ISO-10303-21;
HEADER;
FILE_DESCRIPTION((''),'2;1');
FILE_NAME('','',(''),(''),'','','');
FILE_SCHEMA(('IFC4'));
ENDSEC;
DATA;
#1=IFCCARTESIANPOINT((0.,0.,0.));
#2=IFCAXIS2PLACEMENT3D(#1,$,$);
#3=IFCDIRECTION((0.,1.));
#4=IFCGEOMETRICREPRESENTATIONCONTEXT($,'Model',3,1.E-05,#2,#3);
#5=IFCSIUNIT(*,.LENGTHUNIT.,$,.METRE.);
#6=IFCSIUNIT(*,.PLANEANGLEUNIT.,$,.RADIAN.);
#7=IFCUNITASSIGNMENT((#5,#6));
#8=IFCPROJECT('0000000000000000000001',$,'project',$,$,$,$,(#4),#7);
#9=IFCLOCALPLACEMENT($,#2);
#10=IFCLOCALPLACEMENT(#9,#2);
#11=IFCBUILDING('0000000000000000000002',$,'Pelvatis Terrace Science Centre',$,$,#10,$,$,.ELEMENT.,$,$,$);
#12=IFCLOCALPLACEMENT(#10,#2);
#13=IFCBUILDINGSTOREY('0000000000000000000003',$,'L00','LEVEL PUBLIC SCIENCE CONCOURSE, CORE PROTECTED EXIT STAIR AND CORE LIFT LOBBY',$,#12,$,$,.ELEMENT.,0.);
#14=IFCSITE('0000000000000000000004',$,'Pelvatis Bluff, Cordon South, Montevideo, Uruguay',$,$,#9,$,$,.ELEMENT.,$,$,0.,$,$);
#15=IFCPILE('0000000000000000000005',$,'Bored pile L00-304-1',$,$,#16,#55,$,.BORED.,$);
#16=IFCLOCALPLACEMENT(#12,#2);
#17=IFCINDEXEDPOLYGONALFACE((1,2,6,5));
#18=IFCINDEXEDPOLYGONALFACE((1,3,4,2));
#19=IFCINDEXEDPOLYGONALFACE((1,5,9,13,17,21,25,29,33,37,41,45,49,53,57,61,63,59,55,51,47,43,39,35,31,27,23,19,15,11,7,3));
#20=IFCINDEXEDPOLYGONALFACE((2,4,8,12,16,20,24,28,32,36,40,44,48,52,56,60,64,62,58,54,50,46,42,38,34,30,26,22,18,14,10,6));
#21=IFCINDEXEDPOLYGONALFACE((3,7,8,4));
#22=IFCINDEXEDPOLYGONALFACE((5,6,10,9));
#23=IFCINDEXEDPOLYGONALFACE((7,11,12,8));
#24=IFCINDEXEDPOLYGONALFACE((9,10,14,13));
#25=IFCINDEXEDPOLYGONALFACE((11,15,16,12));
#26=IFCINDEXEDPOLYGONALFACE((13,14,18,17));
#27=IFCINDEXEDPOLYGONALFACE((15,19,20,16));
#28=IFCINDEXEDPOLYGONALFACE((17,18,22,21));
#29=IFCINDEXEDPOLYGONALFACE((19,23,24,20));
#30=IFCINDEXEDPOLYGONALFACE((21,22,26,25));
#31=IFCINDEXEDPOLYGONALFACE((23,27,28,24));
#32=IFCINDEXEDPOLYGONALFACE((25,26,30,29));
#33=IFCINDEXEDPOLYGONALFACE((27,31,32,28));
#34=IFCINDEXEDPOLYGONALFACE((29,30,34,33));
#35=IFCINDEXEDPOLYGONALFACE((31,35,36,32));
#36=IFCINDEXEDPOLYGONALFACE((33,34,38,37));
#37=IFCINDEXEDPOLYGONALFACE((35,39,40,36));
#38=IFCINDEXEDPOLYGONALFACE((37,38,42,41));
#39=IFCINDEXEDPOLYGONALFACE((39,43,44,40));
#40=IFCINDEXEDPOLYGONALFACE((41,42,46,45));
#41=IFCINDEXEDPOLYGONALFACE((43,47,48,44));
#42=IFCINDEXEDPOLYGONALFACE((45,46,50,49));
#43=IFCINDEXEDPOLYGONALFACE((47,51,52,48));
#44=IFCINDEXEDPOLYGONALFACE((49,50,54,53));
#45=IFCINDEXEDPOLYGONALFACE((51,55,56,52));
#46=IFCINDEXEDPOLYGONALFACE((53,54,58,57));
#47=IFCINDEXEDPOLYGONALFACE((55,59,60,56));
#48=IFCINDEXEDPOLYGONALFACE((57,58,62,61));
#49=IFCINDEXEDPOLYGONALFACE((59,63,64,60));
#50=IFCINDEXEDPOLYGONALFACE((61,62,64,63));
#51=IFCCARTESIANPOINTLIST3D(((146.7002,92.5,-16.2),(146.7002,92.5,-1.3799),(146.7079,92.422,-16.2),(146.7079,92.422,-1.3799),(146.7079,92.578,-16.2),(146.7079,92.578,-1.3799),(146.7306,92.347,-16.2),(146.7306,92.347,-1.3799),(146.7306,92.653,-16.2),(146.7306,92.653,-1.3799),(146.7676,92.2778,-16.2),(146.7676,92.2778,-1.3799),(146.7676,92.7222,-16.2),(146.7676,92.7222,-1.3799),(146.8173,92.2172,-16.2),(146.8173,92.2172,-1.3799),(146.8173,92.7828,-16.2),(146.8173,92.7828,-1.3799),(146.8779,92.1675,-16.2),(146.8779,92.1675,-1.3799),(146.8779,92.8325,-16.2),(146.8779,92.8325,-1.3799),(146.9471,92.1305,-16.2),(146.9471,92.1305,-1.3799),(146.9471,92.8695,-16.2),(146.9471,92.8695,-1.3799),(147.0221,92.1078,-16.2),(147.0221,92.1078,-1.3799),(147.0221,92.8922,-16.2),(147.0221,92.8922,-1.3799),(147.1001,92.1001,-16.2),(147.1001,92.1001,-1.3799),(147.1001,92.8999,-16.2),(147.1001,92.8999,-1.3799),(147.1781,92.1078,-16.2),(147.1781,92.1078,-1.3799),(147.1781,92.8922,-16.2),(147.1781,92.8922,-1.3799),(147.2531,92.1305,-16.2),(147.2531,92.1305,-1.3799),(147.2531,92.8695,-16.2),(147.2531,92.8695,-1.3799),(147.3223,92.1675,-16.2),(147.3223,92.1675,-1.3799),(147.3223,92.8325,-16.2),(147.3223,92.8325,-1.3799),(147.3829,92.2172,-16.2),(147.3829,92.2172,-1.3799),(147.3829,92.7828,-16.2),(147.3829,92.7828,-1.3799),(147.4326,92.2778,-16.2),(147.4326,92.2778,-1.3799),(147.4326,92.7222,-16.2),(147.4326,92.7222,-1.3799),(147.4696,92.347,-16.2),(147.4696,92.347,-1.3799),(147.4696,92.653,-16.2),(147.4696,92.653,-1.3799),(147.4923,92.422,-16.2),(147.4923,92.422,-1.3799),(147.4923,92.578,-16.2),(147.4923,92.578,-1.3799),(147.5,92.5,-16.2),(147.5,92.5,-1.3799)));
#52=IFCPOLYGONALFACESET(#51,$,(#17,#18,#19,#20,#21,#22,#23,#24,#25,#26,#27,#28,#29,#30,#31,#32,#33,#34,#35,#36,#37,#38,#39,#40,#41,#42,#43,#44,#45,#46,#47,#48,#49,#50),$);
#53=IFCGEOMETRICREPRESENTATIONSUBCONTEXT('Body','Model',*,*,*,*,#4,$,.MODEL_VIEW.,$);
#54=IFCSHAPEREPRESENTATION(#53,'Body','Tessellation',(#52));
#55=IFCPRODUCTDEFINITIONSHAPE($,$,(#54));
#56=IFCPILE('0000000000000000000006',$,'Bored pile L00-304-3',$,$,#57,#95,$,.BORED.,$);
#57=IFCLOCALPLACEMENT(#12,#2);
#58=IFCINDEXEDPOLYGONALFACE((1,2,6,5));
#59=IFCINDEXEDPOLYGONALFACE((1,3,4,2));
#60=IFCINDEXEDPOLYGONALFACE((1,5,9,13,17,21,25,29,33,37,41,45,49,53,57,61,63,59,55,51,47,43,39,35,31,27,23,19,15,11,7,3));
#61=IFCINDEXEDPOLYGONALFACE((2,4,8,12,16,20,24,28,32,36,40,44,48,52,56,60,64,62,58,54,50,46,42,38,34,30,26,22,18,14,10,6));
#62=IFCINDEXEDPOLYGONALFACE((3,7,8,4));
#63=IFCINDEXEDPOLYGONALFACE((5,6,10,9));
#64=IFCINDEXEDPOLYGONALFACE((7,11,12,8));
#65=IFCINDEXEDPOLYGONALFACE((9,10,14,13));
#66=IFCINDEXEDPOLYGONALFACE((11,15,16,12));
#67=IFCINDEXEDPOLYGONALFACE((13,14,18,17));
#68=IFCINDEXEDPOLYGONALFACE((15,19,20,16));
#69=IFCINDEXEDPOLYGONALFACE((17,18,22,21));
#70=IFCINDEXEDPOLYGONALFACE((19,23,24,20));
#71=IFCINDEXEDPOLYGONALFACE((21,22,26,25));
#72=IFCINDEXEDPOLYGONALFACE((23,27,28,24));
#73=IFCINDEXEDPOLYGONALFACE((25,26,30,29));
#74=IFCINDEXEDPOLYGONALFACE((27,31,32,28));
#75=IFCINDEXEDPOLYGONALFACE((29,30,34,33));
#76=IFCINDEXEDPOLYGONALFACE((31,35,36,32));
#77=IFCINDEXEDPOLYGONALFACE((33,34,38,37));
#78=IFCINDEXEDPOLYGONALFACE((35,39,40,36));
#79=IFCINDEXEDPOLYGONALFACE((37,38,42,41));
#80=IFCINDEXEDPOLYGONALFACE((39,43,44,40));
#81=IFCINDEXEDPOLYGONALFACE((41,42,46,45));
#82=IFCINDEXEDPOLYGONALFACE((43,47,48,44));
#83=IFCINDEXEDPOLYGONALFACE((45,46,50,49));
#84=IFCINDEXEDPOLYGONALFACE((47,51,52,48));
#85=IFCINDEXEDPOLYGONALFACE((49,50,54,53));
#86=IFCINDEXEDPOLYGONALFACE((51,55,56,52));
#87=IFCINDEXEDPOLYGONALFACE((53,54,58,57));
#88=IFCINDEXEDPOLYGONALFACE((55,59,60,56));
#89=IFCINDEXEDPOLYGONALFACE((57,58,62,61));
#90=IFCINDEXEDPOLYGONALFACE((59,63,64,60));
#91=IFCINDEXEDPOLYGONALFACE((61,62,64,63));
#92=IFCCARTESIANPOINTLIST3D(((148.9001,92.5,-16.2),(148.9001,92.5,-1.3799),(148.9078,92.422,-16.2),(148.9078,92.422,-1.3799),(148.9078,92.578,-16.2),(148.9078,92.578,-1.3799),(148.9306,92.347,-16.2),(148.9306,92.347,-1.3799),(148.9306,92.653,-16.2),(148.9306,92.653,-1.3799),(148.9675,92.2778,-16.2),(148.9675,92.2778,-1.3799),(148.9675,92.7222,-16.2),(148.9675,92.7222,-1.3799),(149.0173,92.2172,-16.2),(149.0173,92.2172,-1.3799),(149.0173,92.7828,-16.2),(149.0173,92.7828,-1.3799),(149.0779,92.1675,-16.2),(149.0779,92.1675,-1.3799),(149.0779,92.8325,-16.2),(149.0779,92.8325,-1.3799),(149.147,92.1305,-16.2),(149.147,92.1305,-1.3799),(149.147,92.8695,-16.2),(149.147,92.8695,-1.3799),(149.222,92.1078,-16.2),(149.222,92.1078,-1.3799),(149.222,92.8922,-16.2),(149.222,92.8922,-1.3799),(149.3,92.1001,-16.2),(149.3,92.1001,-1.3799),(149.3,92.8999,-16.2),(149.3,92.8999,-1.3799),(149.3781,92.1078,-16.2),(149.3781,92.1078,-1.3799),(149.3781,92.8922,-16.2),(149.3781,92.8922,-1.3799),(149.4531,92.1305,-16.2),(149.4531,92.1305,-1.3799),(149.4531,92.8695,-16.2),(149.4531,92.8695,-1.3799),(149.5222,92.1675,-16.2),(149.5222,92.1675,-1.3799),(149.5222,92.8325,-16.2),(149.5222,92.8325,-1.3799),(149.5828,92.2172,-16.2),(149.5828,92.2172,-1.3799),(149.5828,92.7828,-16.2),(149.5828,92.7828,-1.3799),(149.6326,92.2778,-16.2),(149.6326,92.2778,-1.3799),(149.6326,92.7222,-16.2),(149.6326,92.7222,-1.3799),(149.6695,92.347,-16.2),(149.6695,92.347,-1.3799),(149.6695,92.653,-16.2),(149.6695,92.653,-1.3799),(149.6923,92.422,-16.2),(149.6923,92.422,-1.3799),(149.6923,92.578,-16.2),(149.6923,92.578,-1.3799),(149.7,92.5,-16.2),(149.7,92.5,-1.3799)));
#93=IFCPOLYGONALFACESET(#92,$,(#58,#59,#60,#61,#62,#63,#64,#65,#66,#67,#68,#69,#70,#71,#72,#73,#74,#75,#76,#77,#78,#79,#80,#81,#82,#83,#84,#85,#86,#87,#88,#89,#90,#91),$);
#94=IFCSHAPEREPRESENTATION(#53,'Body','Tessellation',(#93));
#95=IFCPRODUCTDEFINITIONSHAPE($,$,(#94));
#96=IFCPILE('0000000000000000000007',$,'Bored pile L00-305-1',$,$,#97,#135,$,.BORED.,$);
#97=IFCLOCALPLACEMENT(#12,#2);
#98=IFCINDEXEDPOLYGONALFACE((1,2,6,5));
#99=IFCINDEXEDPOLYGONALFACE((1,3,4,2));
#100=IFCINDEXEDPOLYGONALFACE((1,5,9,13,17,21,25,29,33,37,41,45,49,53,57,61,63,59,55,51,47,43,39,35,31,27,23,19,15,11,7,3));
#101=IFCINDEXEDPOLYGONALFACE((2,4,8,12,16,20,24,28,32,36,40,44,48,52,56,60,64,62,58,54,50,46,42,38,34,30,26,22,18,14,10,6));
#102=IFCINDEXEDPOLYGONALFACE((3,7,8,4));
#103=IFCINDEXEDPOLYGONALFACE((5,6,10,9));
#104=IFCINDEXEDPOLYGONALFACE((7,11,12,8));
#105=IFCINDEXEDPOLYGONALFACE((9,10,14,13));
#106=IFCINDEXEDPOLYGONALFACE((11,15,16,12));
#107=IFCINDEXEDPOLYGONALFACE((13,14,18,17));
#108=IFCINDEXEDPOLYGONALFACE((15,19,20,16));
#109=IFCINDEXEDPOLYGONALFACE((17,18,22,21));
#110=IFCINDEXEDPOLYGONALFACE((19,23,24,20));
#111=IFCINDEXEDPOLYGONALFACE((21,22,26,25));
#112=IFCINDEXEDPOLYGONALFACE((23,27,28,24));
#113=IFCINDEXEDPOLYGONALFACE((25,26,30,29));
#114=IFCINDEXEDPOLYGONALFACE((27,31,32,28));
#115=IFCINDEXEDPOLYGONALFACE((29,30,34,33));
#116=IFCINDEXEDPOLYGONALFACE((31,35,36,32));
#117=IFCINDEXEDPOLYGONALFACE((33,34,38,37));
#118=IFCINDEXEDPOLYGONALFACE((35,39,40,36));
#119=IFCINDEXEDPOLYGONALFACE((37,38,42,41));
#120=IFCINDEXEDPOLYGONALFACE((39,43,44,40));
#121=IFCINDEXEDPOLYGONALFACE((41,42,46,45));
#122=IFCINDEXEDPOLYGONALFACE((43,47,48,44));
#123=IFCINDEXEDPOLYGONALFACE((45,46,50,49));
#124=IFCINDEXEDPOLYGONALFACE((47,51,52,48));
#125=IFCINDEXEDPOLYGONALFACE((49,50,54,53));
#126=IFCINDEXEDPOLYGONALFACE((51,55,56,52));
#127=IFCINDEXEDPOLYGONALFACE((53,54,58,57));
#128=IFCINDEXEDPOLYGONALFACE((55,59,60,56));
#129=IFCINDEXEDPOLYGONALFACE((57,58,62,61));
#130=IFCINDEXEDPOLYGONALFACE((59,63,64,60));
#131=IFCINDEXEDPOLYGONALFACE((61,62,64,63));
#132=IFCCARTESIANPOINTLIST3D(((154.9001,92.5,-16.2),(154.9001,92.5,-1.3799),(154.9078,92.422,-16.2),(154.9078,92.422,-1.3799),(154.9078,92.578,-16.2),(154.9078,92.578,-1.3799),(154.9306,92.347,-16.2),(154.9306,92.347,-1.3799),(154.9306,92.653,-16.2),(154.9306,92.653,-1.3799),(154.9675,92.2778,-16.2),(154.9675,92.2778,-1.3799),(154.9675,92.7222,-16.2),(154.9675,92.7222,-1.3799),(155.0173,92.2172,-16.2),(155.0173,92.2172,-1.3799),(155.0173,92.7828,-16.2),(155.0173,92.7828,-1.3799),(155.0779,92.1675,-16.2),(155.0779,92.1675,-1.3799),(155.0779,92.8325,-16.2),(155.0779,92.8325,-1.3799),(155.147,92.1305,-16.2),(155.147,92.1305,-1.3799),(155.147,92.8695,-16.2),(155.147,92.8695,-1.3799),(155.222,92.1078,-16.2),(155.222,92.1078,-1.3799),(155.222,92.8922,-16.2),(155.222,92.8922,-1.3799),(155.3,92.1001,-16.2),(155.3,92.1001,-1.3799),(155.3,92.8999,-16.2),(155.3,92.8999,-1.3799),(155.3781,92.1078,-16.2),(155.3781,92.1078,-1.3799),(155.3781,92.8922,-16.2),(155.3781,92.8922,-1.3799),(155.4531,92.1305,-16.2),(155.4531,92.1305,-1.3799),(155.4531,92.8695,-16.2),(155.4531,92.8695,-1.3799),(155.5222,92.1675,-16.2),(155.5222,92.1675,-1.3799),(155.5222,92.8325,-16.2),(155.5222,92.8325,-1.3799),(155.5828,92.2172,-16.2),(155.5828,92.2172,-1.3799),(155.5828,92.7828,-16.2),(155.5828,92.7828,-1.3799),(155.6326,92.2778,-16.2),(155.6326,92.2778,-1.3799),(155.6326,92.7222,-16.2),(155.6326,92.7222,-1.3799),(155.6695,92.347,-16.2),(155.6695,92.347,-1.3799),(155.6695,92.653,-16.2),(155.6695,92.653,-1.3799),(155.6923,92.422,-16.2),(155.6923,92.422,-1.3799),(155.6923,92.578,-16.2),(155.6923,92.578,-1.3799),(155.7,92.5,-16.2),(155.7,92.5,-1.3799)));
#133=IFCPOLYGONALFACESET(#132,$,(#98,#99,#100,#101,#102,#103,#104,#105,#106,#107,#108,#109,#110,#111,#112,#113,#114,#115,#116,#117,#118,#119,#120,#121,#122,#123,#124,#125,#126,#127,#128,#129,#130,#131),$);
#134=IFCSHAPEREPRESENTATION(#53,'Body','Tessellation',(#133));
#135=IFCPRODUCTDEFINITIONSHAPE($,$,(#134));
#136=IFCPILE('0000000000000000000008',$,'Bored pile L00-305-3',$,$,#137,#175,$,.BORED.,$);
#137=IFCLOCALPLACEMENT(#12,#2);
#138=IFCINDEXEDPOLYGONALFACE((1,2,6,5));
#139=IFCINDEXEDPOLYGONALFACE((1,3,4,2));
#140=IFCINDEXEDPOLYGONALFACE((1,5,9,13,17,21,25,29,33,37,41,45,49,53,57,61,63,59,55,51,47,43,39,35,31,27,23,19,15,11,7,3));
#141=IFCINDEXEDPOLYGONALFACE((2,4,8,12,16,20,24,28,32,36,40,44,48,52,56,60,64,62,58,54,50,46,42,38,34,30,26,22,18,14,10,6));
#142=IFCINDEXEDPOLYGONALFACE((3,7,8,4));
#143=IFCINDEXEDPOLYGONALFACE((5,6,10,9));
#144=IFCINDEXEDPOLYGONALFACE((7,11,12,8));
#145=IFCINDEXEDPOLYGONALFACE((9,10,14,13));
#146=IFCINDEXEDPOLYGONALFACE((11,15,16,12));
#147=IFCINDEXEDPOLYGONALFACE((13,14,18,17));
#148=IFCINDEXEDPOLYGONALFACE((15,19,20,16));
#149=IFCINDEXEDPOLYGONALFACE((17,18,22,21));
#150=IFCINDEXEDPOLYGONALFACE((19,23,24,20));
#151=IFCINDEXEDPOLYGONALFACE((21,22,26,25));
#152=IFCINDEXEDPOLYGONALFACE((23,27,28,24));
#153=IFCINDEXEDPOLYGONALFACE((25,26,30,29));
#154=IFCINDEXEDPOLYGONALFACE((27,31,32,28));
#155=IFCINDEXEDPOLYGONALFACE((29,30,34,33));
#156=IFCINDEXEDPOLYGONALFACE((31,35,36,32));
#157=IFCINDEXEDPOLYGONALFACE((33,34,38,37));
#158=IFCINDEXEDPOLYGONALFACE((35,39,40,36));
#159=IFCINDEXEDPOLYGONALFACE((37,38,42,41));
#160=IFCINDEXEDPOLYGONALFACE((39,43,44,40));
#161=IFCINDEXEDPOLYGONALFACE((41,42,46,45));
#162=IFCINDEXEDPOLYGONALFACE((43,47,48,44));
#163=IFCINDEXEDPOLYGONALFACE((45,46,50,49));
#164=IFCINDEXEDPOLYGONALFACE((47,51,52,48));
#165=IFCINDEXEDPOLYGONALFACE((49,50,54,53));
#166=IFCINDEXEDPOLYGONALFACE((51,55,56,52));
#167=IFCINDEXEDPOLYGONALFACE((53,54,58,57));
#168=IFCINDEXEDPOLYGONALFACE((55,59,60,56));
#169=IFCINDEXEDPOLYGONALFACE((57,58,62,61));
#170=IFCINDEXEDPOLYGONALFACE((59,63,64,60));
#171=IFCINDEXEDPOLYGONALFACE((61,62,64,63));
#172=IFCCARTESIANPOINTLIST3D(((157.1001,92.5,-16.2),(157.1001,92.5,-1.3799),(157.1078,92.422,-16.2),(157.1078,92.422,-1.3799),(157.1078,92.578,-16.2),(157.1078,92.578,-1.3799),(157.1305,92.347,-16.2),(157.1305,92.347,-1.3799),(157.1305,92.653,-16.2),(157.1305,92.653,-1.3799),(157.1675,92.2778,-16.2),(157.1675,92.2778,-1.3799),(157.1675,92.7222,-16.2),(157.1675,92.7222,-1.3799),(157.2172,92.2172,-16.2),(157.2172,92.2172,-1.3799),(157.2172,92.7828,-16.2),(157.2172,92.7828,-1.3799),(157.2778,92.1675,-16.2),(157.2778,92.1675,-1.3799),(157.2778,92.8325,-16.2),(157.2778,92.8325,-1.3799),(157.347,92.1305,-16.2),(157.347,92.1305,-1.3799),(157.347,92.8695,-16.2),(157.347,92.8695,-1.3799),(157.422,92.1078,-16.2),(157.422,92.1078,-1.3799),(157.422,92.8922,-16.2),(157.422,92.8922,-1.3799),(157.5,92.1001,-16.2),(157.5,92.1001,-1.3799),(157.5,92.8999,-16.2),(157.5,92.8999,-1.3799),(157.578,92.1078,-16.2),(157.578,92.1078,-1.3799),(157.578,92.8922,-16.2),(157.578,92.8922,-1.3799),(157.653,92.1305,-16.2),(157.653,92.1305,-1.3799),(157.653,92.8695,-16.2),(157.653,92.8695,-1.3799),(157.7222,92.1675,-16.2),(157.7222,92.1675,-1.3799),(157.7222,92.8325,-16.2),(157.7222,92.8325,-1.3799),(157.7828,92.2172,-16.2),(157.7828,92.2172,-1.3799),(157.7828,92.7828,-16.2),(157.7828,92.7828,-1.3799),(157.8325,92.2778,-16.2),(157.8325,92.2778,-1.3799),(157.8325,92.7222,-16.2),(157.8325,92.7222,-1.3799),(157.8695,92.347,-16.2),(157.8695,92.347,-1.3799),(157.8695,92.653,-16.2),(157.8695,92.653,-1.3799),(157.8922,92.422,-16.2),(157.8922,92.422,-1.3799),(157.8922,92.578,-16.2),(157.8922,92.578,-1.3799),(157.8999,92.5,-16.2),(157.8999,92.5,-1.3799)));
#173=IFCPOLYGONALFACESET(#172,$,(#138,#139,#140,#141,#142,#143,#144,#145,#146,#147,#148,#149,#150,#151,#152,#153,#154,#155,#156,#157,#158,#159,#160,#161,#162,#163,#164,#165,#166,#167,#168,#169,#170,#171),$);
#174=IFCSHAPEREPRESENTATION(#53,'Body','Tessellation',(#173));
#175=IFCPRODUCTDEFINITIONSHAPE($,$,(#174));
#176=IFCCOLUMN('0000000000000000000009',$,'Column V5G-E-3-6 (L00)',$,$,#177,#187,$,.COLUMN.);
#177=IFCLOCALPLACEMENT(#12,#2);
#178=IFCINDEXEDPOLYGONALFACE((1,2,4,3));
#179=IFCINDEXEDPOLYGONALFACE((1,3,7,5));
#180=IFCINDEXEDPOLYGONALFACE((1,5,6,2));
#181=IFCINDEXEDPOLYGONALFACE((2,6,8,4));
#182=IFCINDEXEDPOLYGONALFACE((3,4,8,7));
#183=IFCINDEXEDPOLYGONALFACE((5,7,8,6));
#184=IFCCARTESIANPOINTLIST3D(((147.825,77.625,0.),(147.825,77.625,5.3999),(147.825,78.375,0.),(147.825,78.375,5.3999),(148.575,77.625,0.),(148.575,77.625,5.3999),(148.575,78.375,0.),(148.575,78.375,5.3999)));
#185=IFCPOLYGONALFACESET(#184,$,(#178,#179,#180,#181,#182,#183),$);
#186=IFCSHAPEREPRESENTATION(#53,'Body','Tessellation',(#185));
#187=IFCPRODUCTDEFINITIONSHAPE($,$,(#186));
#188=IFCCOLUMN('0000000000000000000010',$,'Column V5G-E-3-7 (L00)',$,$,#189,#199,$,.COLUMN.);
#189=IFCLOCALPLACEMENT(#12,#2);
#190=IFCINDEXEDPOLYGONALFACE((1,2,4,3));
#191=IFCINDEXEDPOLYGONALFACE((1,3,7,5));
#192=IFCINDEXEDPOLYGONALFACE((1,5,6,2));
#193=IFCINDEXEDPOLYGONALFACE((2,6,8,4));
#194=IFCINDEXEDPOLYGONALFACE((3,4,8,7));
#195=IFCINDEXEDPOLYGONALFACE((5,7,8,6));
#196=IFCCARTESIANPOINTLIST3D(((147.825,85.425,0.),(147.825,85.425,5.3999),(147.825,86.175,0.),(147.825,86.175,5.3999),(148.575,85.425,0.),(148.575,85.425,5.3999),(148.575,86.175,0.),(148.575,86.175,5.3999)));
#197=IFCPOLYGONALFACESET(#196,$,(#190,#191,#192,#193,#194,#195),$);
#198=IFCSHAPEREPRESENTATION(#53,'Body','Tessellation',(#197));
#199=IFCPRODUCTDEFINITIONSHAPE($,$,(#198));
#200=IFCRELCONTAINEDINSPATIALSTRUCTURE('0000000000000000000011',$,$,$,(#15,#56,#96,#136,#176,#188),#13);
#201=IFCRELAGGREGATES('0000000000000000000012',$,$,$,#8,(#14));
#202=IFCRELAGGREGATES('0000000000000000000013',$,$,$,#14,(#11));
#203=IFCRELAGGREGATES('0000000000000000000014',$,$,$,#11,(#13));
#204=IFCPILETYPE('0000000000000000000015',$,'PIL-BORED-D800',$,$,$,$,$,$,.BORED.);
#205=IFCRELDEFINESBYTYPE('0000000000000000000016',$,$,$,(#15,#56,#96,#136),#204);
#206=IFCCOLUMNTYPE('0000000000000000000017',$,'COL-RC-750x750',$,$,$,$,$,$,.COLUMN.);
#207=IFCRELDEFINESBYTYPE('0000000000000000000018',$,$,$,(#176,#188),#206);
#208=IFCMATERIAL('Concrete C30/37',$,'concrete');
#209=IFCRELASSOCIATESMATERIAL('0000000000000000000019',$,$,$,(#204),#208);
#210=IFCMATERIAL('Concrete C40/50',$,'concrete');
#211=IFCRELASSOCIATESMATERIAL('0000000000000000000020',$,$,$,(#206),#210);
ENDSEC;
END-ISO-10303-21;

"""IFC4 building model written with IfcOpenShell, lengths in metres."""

from ifc_helpers import new_model, si_unit, direction, frame, origin, origin_2d, place, context, subcontext, project, spatial, rectangle, circle, extrude, material, material_profile, profile_set, type_object, element, save


model = new_model("IFC4")

# Units and contexts
model_context = context("Model", 3, precision=1e-05, world=origin(), true_north=direction((0.0, 1.0)))
body_context = subcontext(model_context, "Body", "Model", "MODEL_VIEW")
ifc_project = project(units=[si_unit("LENGTHUNIT", "METRE"), si_unit("PLANEANGLEUNIT", "RADIAN")], contexts=[model_context])

# Site, building, storey
site_placement = place(None, origin())
site = spatial("IfcSite", under=ifc_project, at=site_placement, Name="Pelvatis Bluff, Cordon South, Montevideo, Uruguay", CompositionType="ELEMENT", RefElevation=0.0)
building_placement = place(site_placement, origin())
building = spatial("IfcBuilding", under=site, at=building_placement, Name="Pelvatis Terrace Science Centre", CompositionType="ELEMENT")
storey_placement = place(building_placement, origin())
storey = spatial("IfcBuildingStorey", under=building, at=storey_placement, Name="L00", Description="LEVEL PUBLIC SCIENCE CONCOURSE, CORE PROTECTED EXIT STAIR AND CORE LIFT LOBBY", CompositionType="ELEMENT", Elevation=0.0)

# Piles
ifc_material_1 = material(Name="Concrete C30/37", Category="concrete")
ifc_material_profile_1 = material_profile(ifc_material_1, circle(Radius=0.3999, at=origin_2d()), Name="PILE D800")
ifc_profile_set_1 = profile_set([ifc_material_profile_1], Name="Concrete C30/37")
pile_type = type_object("IfcPileType", Name="PIL-BORED-D800", PredefinedType="BORED", material=ifc_profile_set_1)
for number, where, z_axis, x_axis, name in (
    (1, (147.1001, 92.5, -1.3799), (0.0, 0.0, -1.0), (1.0, 0.0, 0.0), "Bored pile L00-304-1"),
    (2, (149.3, 92.5, -1.3799), (0.0, 0.0, -1.0), (1.0, 0.0, 0.0), "Bored pile L00-304-3"),
    (3, (155.3, 92.5, -1.3799), (0.0, 0.0, -1.0), (1.0, 0.0, 0.0), "Bored pile L00-305-1"),
    (4, (157.5, 92.5, -1.3799), (0.0, 0.0, -1.0), (1.0, 0.0, 0.0), "Bored pile L00-305-3"),
):
    element("IfcPile", number, at=place(storey_placement, frame(where, z_axis=z_axis, x_axis=x_axis)), inside=storey, type_object=pile_type, Name=name, PredefinedType="BORED", context=body_context, shape_type="SweptSolid", body=[
        extrude(circle(Radius=0.3999, at=origin_2d()), origin(), (0.0, 0.0, 1.0), 14.8201),
    ])

# Columns
ifc_material_2 = material(Name="Concrete C40/50", Category="concrete")
ifc_material_profile_2 = material_profile(ifc_material_2, rectangle(XDim=0.75, YDim=0.75, at=origin_2d()), Name="RC-COL 750x750")
ifc_profile_set_2 = profile_set([ifc_material_profile_2], Name="Concrete C40/50")
column_type = type_object("IfcColumnType", Name="COL-RC-750x750", PredefinedType="COLUMN", material=ifc_profile_set_2)
for number, where, z_axis, x_axis, name in (
    (5, (148.2, 78.0, 0.0), (0.0, 0.0, 1.0), (1.0, 0.0, 0.0), "Column V5G-E-3-6 (L00)"),
    (6, (148.2, 85.8, 0.0), (0.0, 0.0, 1.0), (1.0, 0.0, 0.0), "Column V5G-E-3-7 (L00)"),
):
    element("IfcColumn", number, at=place(storey_placement, frame(where, z_axis=z_axis, x_axis=x_axis)), inside=storey, type_object=column_type, Name=name, PredefinedType="COLUMN", context=body_context, shape_type="SweptSolid", body=[
        extrude(rectangle(XDim=0.75, YDim=0.75, at=origin_2d()), origin(), (0.0, 0.0, 1.0), 5.3999),
    ])

save(model, "model.ifc")
